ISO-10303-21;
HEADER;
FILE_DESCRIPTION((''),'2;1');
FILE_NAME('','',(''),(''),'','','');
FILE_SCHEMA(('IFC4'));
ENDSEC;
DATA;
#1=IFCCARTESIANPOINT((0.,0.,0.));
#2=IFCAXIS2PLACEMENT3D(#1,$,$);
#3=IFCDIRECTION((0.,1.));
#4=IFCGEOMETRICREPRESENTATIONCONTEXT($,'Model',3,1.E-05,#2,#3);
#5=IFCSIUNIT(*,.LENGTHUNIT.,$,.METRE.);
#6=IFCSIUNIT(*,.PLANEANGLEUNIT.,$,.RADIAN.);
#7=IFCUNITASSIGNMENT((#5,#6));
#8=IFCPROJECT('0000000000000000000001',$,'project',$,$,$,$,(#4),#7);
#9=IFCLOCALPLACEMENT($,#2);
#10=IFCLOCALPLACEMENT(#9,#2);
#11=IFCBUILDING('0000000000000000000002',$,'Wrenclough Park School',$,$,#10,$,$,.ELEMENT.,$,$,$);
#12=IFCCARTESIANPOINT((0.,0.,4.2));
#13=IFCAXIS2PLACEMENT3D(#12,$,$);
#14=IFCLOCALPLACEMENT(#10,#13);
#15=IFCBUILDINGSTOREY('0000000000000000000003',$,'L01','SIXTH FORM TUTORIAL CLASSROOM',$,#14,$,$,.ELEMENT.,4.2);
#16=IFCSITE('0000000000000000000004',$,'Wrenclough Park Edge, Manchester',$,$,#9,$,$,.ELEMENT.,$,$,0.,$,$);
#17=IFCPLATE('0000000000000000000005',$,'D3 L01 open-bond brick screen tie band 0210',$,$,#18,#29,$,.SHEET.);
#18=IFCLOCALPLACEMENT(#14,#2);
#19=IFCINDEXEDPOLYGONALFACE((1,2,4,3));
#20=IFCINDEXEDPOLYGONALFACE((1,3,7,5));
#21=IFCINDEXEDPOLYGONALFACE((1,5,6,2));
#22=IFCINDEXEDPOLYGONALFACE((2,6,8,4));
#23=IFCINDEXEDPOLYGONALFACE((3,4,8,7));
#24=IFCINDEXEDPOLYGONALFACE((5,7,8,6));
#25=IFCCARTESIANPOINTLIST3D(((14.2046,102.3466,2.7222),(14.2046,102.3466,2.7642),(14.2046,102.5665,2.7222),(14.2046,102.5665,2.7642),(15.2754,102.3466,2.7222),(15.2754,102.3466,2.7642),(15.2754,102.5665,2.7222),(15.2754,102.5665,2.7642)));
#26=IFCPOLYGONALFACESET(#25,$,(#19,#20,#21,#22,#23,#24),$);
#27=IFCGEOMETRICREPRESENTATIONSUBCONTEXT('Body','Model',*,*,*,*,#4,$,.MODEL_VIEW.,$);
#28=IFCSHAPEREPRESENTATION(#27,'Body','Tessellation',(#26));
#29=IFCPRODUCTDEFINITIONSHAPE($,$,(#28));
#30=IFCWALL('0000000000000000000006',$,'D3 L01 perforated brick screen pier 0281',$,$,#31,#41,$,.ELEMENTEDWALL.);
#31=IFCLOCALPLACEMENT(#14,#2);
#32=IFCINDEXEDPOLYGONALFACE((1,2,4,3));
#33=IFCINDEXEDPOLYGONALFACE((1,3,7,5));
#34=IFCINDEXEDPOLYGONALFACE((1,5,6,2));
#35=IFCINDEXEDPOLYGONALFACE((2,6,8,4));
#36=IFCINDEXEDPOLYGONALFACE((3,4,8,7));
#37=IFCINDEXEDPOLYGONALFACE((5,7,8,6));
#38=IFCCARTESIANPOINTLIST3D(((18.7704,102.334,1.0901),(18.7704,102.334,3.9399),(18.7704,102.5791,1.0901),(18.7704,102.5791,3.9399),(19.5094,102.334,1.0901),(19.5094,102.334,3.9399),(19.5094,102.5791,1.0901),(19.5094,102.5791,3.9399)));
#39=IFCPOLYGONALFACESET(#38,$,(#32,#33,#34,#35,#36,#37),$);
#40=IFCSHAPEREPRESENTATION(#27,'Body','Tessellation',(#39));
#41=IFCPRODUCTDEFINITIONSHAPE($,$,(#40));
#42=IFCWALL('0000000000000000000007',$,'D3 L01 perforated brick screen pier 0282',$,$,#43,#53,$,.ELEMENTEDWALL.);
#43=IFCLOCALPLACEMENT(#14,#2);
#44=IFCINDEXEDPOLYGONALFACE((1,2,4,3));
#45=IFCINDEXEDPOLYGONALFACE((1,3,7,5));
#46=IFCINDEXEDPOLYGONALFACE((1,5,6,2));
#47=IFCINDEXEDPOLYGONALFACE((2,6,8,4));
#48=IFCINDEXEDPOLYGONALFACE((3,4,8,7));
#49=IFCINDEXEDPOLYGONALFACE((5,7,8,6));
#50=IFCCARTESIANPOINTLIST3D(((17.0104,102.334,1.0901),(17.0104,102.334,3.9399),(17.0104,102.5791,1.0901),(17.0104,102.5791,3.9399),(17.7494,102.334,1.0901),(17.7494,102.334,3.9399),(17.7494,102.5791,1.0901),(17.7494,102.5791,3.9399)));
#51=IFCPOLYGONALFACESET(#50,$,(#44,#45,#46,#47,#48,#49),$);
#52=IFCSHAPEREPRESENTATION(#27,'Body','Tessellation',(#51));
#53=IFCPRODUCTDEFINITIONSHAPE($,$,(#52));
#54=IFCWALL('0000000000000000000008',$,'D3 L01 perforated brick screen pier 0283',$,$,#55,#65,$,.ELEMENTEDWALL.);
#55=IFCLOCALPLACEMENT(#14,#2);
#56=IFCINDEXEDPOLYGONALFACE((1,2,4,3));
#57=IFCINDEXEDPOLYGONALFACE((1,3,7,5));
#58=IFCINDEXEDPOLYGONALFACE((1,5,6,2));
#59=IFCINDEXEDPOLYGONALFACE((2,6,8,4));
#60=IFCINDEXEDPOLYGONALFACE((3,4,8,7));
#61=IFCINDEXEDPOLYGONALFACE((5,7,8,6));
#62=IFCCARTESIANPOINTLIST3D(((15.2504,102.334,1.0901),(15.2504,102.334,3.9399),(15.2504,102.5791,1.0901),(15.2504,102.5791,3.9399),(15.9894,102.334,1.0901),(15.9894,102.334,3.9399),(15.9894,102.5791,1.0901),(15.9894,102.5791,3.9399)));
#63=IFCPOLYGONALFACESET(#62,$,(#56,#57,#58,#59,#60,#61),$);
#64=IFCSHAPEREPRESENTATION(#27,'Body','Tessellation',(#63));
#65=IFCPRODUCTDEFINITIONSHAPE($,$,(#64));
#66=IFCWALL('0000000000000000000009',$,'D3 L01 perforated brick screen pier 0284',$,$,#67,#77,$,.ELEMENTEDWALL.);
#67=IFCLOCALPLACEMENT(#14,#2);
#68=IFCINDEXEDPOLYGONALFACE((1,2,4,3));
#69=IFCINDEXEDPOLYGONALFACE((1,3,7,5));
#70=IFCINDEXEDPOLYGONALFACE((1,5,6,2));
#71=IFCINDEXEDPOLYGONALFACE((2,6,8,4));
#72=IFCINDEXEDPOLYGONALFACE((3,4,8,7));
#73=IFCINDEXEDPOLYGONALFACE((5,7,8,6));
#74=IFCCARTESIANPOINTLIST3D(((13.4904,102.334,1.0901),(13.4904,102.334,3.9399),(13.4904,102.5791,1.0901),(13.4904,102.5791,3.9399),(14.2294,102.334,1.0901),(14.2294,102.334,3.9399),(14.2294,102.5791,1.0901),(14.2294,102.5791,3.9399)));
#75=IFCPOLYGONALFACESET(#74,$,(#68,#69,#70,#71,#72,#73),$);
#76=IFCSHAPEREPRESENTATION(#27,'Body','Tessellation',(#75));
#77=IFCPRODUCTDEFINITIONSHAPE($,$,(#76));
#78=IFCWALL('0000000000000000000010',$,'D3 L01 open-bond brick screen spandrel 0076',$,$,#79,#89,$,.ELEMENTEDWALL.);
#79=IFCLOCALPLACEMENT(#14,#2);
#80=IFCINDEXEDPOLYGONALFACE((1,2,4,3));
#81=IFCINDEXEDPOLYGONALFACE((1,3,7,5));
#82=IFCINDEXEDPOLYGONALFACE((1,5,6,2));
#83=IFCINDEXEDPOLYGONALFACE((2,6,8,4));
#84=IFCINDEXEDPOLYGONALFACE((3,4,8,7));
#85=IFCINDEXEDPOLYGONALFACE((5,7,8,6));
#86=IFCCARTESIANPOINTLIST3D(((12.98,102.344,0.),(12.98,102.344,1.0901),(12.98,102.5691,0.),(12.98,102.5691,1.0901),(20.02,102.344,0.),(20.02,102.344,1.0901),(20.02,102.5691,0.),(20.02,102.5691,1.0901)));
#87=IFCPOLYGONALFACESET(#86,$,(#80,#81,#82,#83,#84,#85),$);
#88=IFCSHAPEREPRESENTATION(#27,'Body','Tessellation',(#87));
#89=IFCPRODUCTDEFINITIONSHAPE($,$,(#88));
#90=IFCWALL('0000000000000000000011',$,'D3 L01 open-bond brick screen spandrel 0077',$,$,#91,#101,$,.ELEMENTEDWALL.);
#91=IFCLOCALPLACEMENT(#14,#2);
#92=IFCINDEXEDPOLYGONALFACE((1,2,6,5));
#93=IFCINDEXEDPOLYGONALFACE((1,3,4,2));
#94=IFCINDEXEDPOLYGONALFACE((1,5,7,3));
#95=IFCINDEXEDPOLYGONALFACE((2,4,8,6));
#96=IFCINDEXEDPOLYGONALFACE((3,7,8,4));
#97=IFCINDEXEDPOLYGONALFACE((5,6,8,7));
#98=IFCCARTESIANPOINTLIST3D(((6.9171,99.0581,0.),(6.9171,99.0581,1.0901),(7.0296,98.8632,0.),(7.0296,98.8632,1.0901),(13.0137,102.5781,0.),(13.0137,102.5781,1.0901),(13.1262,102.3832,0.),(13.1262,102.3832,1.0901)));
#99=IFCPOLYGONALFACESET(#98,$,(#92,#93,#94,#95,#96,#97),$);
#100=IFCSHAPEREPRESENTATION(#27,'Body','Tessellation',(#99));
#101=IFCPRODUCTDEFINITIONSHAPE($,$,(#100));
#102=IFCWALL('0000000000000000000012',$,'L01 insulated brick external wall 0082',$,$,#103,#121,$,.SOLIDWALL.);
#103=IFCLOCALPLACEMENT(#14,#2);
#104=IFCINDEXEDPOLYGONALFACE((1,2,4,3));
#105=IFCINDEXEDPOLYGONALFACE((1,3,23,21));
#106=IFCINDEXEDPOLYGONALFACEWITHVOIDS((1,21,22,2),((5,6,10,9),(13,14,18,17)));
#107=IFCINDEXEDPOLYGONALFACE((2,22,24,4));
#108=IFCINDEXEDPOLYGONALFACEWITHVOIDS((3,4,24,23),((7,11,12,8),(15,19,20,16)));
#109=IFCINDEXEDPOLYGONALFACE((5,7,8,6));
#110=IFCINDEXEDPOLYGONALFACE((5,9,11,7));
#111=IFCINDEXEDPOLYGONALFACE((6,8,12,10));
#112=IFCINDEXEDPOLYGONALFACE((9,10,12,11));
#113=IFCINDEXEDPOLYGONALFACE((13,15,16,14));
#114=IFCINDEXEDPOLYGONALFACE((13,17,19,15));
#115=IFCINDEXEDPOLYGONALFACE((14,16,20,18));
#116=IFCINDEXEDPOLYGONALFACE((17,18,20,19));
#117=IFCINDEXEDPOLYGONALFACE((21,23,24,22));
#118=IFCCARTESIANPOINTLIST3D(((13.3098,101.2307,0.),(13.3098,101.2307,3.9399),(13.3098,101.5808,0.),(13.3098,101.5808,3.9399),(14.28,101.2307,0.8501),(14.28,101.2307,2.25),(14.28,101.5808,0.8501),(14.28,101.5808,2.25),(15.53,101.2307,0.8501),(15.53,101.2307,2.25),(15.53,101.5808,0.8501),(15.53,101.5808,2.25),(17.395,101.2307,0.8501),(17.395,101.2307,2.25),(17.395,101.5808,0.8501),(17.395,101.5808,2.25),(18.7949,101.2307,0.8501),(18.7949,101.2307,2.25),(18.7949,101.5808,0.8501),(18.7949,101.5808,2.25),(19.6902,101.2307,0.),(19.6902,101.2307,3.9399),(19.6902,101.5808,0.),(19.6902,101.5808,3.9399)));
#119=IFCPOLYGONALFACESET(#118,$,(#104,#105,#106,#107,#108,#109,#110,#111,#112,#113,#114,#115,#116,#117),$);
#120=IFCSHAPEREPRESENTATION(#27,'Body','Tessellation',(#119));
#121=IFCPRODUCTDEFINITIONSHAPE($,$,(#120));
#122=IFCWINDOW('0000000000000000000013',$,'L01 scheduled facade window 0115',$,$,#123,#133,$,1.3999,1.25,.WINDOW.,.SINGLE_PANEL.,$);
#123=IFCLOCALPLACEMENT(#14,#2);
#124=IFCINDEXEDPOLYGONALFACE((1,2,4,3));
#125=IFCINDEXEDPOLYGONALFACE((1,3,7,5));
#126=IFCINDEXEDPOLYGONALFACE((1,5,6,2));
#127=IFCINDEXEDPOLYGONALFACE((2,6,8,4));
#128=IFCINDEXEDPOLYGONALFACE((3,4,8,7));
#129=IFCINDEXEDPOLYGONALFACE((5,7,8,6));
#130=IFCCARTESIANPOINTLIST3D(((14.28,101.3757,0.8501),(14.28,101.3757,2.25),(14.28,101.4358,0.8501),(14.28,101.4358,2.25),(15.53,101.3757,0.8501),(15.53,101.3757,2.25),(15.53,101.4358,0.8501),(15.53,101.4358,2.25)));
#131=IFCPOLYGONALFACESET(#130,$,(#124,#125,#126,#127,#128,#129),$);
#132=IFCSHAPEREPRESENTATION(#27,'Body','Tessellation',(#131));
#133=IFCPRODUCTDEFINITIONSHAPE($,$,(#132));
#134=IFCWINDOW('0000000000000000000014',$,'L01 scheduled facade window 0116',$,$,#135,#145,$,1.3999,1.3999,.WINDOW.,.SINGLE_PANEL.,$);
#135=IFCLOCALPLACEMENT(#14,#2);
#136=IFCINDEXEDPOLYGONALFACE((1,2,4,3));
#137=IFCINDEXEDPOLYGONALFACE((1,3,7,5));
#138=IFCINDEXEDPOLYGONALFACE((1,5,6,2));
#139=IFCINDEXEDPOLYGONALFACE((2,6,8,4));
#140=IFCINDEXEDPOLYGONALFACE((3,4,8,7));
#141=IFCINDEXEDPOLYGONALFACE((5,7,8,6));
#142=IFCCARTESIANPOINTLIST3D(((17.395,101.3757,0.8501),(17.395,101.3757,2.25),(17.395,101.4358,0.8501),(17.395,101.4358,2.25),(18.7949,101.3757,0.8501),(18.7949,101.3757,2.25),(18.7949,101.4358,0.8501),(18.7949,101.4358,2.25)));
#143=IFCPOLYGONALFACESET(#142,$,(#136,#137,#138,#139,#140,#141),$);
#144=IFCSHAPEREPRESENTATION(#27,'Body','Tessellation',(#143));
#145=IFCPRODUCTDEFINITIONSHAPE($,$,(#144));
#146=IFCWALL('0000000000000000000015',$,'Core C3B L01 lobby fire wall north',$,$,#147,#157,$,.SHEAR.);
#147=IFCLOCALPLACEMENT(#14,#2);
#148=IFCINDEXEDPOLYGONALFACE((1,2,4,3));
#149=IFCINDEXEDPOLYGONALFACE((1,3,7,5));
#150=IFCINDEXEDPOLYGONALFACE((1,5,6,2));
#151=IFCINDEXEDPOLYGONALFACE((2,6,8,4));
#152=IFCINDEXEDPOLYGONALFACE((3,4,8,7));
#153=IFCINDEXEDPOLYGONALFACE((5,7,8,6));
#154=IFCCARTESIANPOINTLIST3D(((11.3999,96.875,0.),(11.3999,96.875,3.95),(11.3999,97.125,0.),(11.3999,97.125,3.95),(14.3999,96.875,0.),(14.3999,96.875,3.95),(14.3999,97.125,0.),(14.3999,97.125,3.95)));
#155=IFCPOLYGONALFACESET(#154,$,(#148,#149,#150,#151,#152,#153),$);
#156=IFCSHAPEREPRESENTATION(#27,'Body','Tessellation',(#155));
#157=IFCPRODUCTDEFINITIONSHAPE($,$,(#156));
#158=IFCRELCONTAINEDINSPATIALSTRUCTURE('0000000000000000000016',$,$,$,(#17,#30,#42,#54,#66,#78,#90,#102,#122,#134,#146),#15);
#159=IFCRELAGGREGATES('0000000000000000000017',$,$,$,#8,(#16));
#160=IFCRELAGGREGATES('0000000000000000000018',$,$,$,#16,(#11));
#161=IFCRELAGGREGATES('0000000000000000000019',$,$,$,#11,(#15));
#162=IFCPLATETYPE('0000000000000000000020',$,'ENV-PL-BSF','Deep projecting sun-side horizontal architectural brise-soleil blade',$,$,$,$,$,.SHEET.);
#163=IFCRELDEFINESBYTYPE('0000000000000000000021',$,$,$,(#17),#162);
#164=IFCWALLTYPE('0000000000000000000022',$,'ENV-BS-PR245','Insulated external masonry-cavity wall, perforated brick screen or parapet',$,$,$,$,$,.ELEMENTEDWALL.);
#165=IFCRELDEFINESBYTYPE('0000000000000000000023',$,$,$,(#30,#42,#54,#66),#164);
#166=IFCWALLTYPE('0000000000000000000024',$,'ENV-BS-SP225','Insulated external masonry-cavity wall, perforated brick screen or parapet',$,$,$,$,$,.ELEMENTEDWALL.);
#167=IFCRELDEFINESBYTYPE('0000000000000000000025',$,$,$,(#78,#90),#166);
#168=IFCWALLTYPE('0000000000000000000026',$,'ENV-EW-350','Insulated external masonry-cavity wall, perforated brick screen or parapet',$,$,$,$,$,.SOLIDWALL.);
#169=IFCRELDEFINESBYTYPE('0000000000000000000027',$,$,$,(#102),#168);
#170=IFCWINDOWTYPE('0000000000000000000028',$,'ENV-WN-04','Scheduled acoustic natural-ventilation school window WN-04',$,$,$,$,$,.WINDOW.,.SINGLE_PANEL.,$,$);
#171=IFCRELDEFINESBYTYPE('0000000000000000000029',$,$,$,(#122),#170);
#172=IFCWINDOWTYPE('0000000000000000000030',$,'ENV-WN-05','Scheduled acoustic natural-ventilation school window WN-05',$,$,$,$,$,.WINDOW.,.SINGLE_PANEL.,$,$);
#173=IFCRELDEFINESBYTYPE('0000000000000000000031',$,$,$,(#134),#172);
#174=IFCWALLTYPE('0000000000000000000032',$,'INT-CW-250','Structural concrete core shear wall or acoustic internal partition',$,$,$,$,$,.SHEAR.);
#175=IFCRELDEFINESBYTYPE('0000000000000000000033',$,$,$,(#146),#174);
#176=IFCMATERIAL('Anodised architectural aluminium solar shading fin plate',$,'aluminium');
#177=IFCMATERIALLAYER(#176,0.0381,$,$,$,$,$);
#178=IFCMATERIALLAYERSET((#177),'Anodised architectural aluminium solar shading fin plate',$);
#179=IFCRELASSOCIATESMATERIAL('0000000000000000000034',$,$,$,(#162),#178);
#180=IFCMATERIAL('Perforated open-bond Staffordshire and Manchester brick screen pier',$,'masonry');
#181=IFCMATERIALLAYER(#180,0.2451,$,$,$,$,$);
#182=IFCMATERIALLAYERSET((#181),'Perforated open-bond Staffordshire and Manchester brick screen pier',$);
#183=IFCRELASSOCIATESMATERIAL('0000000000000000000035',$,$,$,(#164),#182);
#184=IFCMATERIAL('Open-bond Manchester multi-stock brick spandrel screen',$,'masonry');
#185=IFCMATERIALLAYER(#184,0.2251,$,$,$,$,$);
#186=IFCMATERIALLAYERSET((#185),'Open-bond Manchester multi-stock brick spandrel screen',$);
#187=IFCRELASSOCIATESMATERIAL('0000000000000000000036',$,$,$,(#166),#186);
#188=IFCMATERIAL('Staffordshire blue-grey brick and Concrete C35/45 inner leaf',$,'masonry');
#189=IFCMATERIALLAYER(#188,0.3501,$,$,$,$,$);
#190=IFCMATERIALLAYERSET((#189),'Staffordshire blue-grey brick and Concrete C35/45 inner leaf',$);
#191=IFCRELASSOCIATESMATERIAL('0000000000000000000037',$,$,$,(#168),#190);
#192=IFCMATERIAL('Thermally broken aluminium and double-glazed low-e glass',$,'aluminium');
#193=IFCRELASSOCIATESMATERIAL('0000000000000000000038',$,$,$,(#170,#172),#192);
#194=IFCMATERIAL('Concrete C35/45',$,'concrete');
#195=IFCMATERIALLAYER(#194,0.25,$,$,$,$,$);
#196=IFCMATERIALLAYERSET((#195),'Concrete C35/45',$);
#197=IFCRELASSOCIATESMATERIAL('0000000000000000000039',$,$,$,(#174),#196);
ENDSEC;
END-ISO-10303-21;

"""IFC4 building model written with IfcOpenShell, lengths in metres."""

from ifc_helpers import new_model, si_unit, direction, frame, frame_2d, origin, origin_2d, place, context, subcontext, project, spatial, rectangle, extrude, material, layer, layer_set, type_object, element, fill, save


model = new_model("IFC4")

# Units and contexts
model_context = context("Model", 3, precision=1e-05, world=origin(), true_north=direction((0.0, 1.0)))
body_context = subcontext(model_context, "Body", "Model", "MODEL_VIEW")
ifc_project = project(units=[si_unit("LENGTHUNIT", "METRE"), si_unit("PLANEANGLEUNIT", "RADIAN")], contexts=[model_context])

# Site, building, storey
site_placement = place(None, origin())
site = spatial("IfcSite", under=ifc_project, at=site_placement, Name="Wrenclough Park Edge, Manchester", CompositionType="ELEMENT", RefElevation=0.0)
building_placement = place(site_placement, origin())
building = spatial("IfcBuilding", under=site, at=building_placement, Name="Wrenclough Park School", CompositionType="ELEMENT")
storey_placement = place(building_placement, frame((0.0, 0.0, 4.2)))
storey = spatial("IfcBuildingStorey", under=building, at=storey_placement, Name="L01", Description="SIXTH FORM TUTORIAL CLASSROOM", CompositionType="ELEMENT", Elevation=4.2)

# Plate
ifc_material_1 = material(Name="Anodised architectural aluminium solar shading fin plate", Category="aluminium")
ifc_layer_1 = layer(ifc_material_1, 0.0381)
ifc_layer_set_1 = layer_set([ifc_layer_1], Name="Anodised architectural aluminium solar shading fin plate")
plate_type_1 = type_object("IfcPlateType", Name="ENV-PL-BSF", Description="Deep projecting sun-side horizontal architectural brise-soleil blade", PredefinedType="SHEET", material=ifc_layer_set_1)
plate_1_placement = place(storey_placement, frame((14.74, 102.4565, 2.7222), z_axis=(0.0, 0.0, 1.0), x_axis=(-1.0, 0.0, 0.0)))
element("IfcPlate", 1, at=plate_1_placement, inside=storey, type_object=plate_type_1, Name="D3 L01 open-bond brick screen tie band 0210", PredefinedType="SHEET", context=body_context, shape_type="SweptSolid", body=[
    extrude(rectangle(XDim=1.0708, YDim=0.22, at=origin_2d()), origin(), (0.0, 0.0, 1.0), 0.042),
])

# Walls
ifc_material_2 = material(Name="Perforated open-bond Staffordshire and Manchester brick screen pier", Category="masonry")
ifc_layer_2 = layer(ifc_material_2, 0.2451)
ifc_layer_set_2 = layer_set([ifc_layer_2], Name="Perforated open-bond Staffordshire and Manchester brick screen pier")
wall_type_1 = type_object("IfcWallType", Name="ENV-BS-PR245", Description="Insulated external masonry-cavity wall, perforated brick screen or parapet", PredefinedType="ELEMENTEDWALL", material=ifc_layer_set_2)
for number, where, z_axis, x_axis, name in (
    (2, (19.5095, 102.4565, 1.0901), (0.0, 0.0, 1.0), (-1.0, 0.0, 0.0), "D3 L01 perforated brick screen pier 0281"),
    (3, (17.7495, 102.4565, 1.0901), (0.0, 0.0, 1.0), (-1.0, 0.0, 0.0), "D3 L01 perforated brick screen pier 0282"),
    (4, (15.9895, 102.4565, 1.0901), (0.0, 0.0, 1.0), (-1.0, 0.0, 0.0), "D3 L01 perforated brick screen pier 0283"),
    (5, (14.2295, 102.4565, 1.0901), (0.0, 0.0, 1.0), (-1.0, 0.0, 0.0), "D3 L01 perforated brick screen pier 0284"),
):
    element("IfcWall", number, at=place(storey_placement, frame(where, z_axis=z_axis, x_axis=x_axis)), inside=storey, type_object=wall_type_1, Name=name, PredefinedType="ELEMENTEDWALL", context=body_context, shape_type="SweptSolid", body=[
        extrude(rectangle(XDim=0.739, YDim=0.2451, at=frame_2d((0.3696, 0.0))), origin(), (0.0, 0.0, 1.0), 2.8499),
    ])
ifc_material_3 = material(Name="Open-bond Manchester multi-stock brick spandrel screen", Category="masonry")
ifc_layer_3 = layer(ifc_material_3, 0.2251)
ifc_layer_set_3 = layer_set([ifc_layer_3], Name="Open-bond Manchester multi-stock brick spandrel screen")
wall_type_2 = type_object("IfcWallType", Name="ENV-BS-SP225", Description="Insulated external masonry-cavity wall, perforated brick screen or parapet", PredefinedType="ELEMENTEDWALL", material=ifc_layer_set_3)
wall_1_placement = place(storey_placement, frame((20.02, 102.4565, 0.0), z_axis=(0.0, 0.0, 1.0), x_axis=(-1.0, 0.0, 0.0)))
element("IfcWall", 6, at=wall_1_placement, inside=storey, type_object=wall_type_2, Name="D3 L01 open-bond brick screen spandrel 0076", PredefinedType="ELEMENTEDWALL", context=body_context, shape_type="SweptSolid", body=[
    extrude(rectangle(XDim=7.04, YDim=0.2251, at=frame_2d((3.52, 0.0))), origin(), (0.0, 0.0, 1.0), 1.0901),
])
wall_2_placement = place(storey_placement, frame((13.0701, 102.4807, 0.0), z_axis=(0.0, 0.0, 1.0), x_axis=(-0.866019, -0.500011, 0.0)))
element("IfcWall", 7, at=wall_2_placement, inside=storey, type_object=wall_type_2, Name="D3 L01 open-bond brick screen spandrel 0077", PredefinedType="ELEMENTEDWALL", context=body_context, shape_type="SweptSolid", body=[
    extrude(rectangle(XDim=7.0398, YDim=0.2251, at=frame_2d((3.52, 0.0))), origin(), (0.0, 0.0, 1.0), 1.0901),
])

# Wall, openings, windows
ifc_material_4 = material(Name="Staffordshire blue-grey brick and Concrete C35/45 inner leaf", Category="masonry")
ifc_layer_4 = layer(ifc_material_4, 0.3501)
ifc_layer_set_4 = layer_set([ifc_layer_4], Name="Staffordshire blue-grey brick and Concrete C35/45 inner leaf")
wall_type_3 = type_object("IfcWallType", Name="ENV-EW-350", Description="Insulated external masonry-cavity wall, perforated brick screen or parapet", PredefinedType="SOLIDWALL", material=ifc_layer_set_4)
wall_3_placement = place(storey_placement, frame((13.3098, 101.4058, 0.0), z_axis=(0.0, 0.0, 1.0), x_axis=(1.0, 0.0, 0.0)))
wall_3 = element("IfcWall", 8, at=wall_3_placement, inside=storey, type_object=wall_type_3, Name="L01 insulated brick external wall 0082", PredefinedType="SOLIDWALL", context=body_context, shape_type="SweptSolid", body=[
    extrude(rectangle(XDim=6.3804, YDim=0.3501, at=frame_2d((3.1902, 0.0))), origin(), (0.0, 0.0, 1.0), 3.9399),
])
opening_1_placement = place(wall_3_placement, frame((0.9702, 0.0, 0.8501)))
opening_1 = element("IfcOpeningElement", 9, at=opening_1_placement, cuts=wall_3, PredefinedType="OPENING", context=body_context, shape_type="SweptSolid", body=[
    extrude(rectangle(XDim=1.25, YDim=1.3999, at=frame_2d((0.625, 0.7))), frame((0.0, 0.1851, 0.0), z_axis=(0.0, -1.0, 0.0), x_axis=(1.0, 0.0, 0.0)), (0.0, 0.0, 1.0), 0.3701),
])
opening_2_placement = place(wall_3_placement, frame((4.0852, 0.0, 0.8501)))
opening_2 = element("IfcOpeningElement", 10, at=opening_2_placement, cuts=wall_3, PredefinedType="OPENING", context=body_context, shape_type="SweptSolid", body=[
    extrude(rectangle(XDim=1.3999, YDim=1.3999, at=frame_2d((0.7, 0.7))), frame((0.0, 0.1851, 0.0), z_axis=(0.0, -1.0, 0.0), x_axis=(1.0, 0.0, 0.0)), (0.0, 0.0, 1.0), 0.3701),
])
ifc_material_5 = material(Name="Thermally broken aluminium and double-glazed low-e glass", Category="aluminium")
window_type_1 = type_object("IfcWindowType", Name="ENV-WN-04", Description="Scheduled acoustic natural-ventilation school window WN-04", PartitioningType="SINGLE_PANEL", PredefinedType="WINDOW", material=ifc_material_5)
window_1_placement = place(opening_1_placement, origin())
window_1 = element("IfcWindow", 11, at=window_1_placement, inside=storey, type_object=window_type_1, Name="L01 scheduled facade window 0115", OverallHeight=1.3999, OverallWidth=1.25, PartitioningType="SINGLE_PANEL", PredefinedType="WINDOW", context=body_context, shape_type="SweptSolid", body=[
    extrude(rectangle(XDim=1.25, YDim=1.3999, at=frame_2d((0.625, 0.7))), frame((0.0, 0.03, 0.0), z_axis=(0.0, -1.0, 0.0), x_axis=(1.0, 0.0, 0.0)), (0.0, 0.0, 1.0), 0.0601),
])
fill(opening_1, window_1)
window_type_2 = type_object("IfcWindowType", Name="ENV-WN-05", Description="Scheduled acoustic natural-ventilation school window WN-05", PartitioningType="SINGLE_PANEL", PredefinedType="WINDOW", material=ifc_material_5)
window_2_placement = place(opening_2_placement, origin())
window_2 = element("IfcWindow", 12, at=window_2_placement, inside=storey, type_object=window_type_2, Name="L01 scheduled facade window 0116", OverallHeight=1.3999, OverallWidth=1.3999, PartitioningType="SINGLE_PANEL", PredefinedType="WINDOW", context=body_context, shape_type="SweptSolid", body=[
    extrude(rectangle(XDim=1.3999, YDim=1.3999, at=frame_2d((0.7, 0.7))), frame((0.0, 0.03, 0.0), z_axis=(0.0, -1.0, 0.0), x_axis=(1.0, 0.0, 0.0)), (0.0, 0.0, 1.0), 0.0601),
])
fill(opening_2, window_2)

# Wall
ifc_material_6 = material(Name="Concrete C35/45", Category="concrete")
ifc_layer_5 = layer(ifc_material_6, 0.25)
ifc_layer_set_5 = layer_set([ifc_layer_5], Name="Concrete C35/45")
wall_type_4 = type_object("IfcWallType", Name="INT-CW-250", Description="Structural concrete core shear wall or acoustic internal partition", PredefinedType="SHEAR", material=ifc_layer_set_5)
wall_4_placement = place(storey_placement, frame((14.3999, 97.0, 0.0), z_axis=(0.0, 0.0, 1.0), x_axis=(-1.0, 0.0, 0.0)))
element("IfcWall", 13, at=wall_4_placement, inside=storey, type_object=wall_type_4, Name="Core C3B L01 lobby fire wall north", PredefinedType="SHEAR", context=body_context, shape_type="SweptSolid", body=[
    extrude(rectangle(XDim=3.0, YDim=0.25, at=frame_2d((1.5, 0.0))), origin(), (0.0, 0.0, 1.0), 3.95),
])

save(model, "model.ifc")
